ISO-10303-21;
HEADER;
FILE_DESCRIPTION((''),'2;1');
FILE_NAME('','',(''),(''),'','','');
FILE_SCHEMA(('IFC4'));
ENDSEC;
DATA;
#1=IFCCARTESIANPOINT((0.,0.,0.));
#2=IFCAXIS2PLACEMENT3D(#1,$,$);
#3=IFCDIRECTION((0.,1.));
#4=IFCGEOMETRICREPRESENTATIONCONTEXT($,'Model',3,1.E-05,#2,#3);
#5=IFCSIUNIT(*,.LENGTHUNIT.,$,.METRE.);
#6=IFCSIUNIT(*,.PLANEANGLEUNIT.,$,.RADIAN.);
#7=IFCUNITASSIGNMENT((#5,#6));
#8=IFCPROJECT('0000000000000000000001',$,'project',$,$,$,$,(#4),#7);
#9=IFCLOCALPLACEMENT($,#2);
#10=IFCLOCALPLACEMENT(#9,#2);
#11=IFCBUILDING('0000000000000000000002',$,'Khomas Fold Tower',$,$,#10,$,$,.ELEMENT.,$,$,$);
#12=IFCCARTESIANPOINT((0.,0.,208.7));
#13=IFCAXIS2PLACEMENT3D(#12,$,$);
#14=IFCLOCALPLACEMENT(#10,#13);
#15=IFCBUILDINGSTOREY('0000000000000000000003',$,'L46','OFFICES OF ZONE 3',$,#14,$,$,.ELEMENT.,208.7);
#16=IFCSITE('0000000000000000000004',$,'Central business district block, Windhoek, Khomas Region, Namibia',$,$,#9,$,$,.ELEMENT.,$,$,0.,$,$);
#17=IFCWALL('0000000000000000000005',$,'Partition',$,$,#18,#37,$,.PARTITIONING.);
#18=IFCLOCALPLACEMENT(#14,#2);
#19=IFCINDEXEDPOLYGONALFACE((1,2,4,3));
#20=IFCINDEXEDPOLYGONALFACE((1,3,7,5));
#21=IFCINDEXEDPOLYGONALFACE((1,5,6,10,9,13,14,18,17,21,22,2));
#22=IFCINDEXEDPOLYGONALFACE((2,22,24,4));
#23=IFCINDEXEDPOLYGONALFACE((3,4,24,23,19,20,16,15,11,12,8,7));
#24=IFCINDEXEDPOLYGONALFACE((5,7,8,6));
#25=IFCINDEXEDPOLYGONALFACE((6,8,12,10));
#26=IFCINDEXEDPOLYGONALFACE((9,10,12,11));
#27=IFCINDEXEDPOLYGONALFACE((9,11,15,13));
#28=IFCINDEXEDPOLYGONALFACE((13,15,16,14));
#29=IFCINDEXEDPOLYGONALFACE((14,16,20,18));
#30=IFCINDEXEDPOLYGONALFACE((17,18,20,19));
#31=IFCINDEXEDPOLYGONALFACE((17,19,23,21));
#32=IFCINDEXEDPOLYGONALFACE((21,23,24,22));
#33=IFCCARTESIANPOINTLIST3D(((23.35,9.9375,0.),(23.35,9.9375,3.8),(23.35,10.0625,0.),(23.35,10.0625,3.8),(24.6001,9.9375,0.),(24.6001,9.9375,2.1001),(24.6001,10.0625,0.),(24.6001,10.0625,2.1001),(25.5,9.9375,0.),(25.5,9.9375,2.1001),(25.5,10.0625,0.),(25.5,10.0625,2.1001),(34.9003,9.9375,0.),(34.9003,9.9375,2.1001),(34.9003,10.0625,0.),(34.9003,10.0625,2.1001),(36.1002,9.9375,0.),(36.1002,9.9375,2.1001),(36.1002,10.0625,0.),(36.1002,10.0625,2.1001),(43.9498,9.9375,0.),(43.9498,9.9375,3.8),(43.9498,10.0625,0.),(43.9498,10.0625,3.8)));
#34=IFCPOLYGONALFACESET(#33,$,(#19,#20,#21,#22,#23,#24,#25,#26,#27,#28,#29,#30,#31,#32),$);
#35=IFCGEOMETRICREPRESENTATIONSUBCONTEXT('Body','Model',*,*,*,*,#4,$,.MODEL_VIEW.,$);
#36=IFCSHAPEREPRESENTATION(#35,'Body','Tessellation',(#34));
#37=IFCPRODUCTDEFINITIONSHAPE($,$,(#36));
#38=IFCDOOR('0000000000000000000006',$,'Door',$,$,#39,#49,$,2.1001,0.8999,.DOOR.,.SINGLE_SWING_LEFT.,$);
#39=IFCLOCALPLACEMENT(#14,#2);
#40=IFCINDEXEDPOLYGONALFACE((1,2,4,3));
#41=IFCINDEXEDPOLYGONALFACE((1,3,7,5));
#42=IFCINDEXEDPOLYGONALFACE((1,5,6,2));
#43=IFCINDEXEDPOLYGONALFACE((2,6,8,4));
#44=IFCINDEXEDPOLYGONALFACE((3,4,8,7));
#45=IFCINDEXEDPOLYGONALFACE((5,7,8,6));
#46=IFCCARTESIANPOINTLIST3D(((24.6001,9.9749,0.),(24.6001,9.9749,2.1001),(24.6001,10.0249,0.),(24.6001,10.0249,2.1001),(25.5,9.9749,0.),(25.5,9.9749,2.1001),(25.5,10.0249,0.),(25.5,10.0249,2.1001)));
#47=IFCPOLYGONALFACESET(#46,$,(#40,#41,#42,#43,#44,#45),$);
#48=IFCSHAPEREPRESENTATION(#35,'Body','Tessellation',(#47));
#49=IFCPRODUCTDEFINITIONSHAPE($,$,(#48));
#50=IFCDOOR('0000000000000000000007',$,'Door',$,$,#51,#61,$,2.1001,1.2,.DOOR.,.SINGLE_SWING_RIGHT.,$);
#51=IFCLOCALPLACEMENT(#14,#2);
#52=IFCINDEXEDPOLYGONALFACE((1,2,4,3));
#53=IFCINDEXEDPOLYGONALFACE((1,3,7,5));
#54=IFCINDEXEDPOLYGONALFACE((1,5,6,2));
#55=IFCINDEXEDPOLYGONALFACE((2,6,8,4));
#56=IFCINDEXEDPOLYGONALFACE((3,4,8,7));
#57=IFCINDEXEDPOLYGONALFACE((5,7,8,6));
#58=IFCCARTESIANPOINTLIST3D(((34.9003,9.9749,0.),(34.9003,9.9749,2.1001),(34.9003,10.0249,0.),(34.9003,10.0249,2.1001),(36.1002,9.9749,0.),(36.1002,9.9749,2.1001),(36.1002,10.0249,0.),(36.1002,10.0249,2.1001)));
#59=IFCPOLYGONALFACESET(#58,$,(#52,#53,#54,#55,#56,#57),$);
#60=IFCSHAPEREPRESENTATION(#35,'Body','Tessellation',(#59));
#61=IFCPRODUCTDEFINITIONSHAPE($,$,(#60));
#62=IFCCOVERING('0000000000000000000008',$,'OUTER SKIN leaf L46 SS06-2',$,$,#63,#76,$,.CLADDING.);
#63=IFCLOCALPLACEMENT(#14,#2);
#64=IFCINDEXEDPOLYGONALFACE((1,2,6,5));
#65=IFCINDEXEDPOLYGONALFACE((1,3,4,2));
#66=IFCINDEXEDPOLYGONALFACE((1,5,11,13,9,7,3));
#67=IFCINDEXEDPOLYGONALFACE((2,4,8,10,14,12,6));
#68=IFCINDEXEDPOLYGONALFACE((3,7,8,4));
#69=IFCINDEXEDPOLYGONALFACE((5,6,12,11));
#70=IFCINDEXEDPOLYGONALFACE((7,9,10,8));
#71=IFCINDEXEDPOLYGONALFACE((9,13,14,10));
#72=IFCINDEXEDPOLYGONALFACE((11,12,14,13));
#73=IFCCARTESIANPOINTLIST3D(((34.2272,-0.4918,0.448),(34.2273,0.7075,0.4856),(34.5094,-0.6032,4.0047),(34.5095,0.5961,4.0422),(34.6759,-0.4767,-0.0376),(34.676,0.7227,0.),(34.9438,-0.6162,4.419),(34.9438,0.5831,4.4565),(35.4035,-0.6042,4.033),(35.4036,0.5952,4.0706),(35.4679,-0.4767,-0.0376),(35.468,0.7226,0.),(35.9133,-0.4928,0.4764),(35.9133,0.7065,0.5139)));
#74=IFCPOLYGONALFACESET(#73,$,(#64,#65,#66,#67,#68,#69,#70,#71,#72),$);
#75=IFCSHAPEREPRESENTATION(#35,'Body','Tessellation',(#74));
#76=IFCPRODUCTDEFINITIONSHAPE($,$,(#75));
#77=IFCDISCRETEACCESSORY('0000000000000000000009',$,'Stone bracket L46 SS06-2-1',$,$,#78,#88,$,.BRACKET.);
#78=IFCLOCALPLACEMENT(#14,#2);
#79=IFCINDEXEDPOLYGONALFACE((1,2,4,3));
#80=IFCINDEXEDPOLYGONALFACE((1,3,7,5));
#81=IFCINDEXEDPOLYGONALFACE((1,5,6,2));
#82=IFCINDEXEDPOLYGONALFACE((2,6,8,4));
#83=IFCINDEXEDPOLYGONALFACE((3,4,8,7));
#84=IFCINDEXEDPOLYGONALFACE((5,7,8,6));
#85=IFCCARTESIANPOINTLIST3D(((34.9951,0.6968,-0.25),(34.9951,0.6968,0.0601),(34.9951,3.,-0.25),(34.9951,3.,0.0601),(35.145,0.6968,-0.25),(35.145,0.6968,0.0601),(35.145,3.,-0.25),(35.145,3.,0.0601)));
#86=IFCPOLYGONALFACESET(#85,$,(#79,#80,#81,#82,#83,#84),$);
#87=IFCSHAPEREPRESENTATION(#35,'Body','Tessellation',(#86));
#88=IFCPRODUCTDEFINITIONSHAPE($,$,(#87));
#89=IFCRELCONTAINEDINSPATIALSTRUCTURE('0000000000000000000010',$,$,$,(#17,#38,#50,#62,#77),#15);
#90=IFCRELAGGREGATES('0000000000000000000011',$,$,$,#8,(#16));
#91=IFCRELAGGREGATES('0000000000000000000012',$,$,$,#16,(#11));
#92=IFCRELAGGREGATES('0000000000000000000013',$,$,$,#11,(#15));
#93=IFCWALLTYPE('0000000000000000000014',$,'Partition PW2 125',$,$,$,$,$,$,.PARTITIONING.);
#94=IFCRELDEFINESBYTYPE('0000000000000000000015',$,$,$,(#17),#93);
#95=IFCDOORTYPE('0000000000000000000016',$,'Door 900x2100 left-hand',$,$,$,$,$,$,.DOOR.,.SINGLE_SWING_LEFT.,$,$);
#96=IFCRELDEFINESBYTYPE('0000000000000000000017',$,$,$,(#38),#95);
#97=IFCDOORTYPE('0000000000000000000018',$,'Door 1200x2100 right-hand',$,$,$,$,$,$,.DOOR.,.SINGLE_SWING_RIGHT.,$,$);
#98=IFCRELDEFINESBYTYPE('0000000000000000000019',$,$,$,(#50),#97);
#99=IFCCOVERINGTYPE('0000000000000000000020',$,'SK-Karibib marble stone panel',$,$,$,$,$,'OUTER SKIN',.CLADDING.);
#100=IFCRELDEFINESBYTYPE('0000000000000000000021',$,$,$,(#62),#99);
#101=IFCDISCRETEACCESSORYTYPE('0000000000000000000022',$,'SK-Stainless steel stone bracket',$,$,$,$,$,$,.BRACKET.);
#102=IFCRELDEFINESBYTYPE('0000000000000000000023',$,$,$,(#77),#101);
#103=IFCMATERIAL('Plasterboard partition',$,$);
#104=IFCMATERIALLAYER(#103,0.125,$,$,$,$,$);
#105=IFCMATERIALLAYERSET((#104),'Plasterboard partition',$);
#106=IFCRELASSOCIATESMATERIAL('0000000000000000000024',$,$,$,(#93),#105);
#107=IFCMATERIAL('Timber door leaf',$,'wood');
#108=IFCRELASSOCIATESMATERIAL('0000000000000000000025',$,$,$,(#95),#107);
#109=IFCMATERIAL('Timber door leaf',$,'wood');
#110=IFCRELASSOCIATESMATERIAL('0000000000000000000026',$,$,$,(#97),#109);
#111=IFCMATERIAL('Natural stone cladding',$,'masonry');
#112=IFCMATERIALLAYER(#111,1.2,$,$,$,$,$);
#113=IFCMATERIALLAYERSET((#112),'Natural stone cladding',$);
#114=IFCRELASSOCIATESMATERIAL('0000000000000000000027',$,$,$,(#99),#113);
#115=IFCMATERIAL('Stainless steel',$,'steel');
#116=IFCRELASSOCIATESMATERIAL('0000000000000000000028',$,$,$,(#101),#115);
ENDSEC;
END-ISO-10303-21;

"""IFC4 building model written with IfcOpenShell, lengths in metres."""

from ifc_helpers import new_model, si_unit, direction, frame, frame_2d, origin, origin_2d, place, context, subcontext, project, spatial, polyline, rectangle, outline, extrude, source, transform, mapped, material, layer, layer_set, type_object, element, fill, save


model = new_model("IFC4")

# Units and contexts
model_context = context("Model", 3, precision=1e-05, world=origin(), true_north=direction((0.0, 1.0)))
body_context = subcontext(model_context, "Body", "Model", "MODEL_VIEW")
ifc_project = project(units=[si_unit("LENGTHUNIT", "METRE"), si_unit("PLANEANGLEUNIT", "RADIAN")], contexts=[model_context])

# Site, building, storey
site_placement = place(None, origin())
site = spatial("IfcSite", under=ifc_project, at=site_placement, Name="Central business district block, Windhoek, Khomas Region, Namibia", CompositionType="ELEMENT", RefElevation=0.0)
building_placement = place(site_placement, origin())
building = spatial("IfcBuilding", under=site, at=building_placement, Name="Khomas Fold Tower", CompositionType="ELEMENT")
storey_placement = place(building_placement, frame((0.0, 0.0, 208.7)))
storey = spatial("IfcBuildingStorey", under=building, at=storey_placement, Name="L46", Description="OFFICES OF ZONE 3", CompositionType="ELEMENT", Elevation=208.7)

# Shared definitions
ifc_material_1 = material(Name="Plasterboard partition")
ifc_layer_1 = layer(ifc_material_1, 0.125)
ifc_layer_set_1 = layer_set([ifc_layer_1], Name="Plasterboard partition")
wall_type_1 = type_object("IfcWallType", Name="Partition PW2 125", PredefinedType="PARTITIONING", material=ifc_layer_set_1)

# Wall, openings, doors
shared_shape_1 = source(origin(), body_context, "Body", "SweptSolid", [
    extrude(rectangle(XDim=20.5999, YDim=0.125, at=frame_2d((10.2998, 0.0))), origin(), (0.0, 0.0, 1.0), 3.8),
])
wall_1_placement = place(storey_placement, frame((23.3501, 10.0, 0.0), z_axis=(0.0, 0.0, 1.0), x_axis=(1.0, 0.0, 0.0)))
wall_1 = element("IfcWall", 1, at=wall_1_placement, inside=storey, type_object=wall_type_1, Name="Partition", PredefinedType="PARTITIONING", context=body_context, shape_type="MappedRepresentation", body=[
    mapped(shared_shape_1, transform((0.0, 0.0, 0.0))),
])
shared_shape_2 = source(origin(), body_context, "Body", "SweptSolid", [
    extrude(rectangle(XDim=0.8999, YDim=2.1001, at=frame_2d((0.45, 1.05))), frame((0.0, 0.0725, 0.0), z_axis=(0.0, -1.0, 0.0), x_axis=(1.0, 0.0, 0.0)), (0.0, 0.0, 1.0), 0.145),
])
opening_1_placement = place(wall_1_placement, frame((1.25, 0.0, 0.0)))
opening_1 = element("IfcOpeningElement", 2, at=opening_1_placement, cuts=wall_1, PredefinedType="OPENING", context=body_context, shape_type="MappedRepresentation", body=[
    mapped(shared_shape_2, transform((0.0, 0.0, 0.0))),
])
shared_shape_3 = source(origin(), body_context, "Body", "SweptSolid", [
    extrude(rectangle(XDim=1.2, YDim=2.1001, at=frame_2d((0.6001, 1.05))), frame((0.0, 0.0725, 0.0), z_axis=(0.0, -1.0, 0.0), x_axis=(1.0, 0.0, 0.0)), (0.0, 0.0, 1.0), 0.145),
])
opening_2_placement = place(wall_1_placement, frame((11.55, 0.0, 0.0)))
opening_2 = element("IfcOpeningElement", 3, at=opening_2_placement, cuts=wall_1, PredefinedType="OPENING", context=body_context, shape_type="MappedRepresentation", body=[
    mapped(shared_shape_3, transform((0.0, 0.0, 0.0))),
])
ifc_material_2 = material(Name="Timber door leaf", Category="wood")
door_type_1 = type_object("IfcDoorType", Name="Door 900x2100 left-hand", OperationType="SINGLE_SWING_LEFT", PredefinedType="DOOR", material=ifc_material_2)
shared_shape_4 = source(origin(), body_context, "Body", "SweptSolid", [
    extrude(rectangle(XDim=0.8999, YDim=2.1001, at=frame_2d((0.45, 1.05))), frame((0.0, 0.0249, 0.0), z_axis=(0.0, -1.0, 0.0), x_axis=(1.0, 0.0, 0.0)), (0.0, 0.0, 1.0), 0.05),
])
door_1_placement = place(opening_1_placement, origin())
door_1 = element("IfcDoor", 4, at=door_1_placement, inside=storey, type_object=door_type_1, Name="Door", OperationType="SINGLE_SWING_LEFT", OverallHeight=2.1001, OverallWidth=0.8999, PredefinedType="DOOR", context=body_context, shape_type="MappedRepresentation", body=[
    mapped(shared_shape_4, transform((0.0, 0.0, 0.0))),
])
fill(opening_1, door_1)
ifc_material_3 = material(Name="Timber door leaf", Category="wood")
door_type_2 = type_object("IfcDoorType", Name="Door 1200x2100 right-hand", OperationType="SINGLE_SWING_RIGHT", PredefinedType="DOOR", material=ifc_material_3)
shared_shape_5 = source(origin(), body_context, "Body", "SweptSolid", [
    extrude(rectangle(XDim=1.2, YDim=2.1001, at=frame_2d((0.6001, 1.05))), frame((0.0, 0.0249, 0.0), z_axis=(0.0, -1.0, 0.0), x_axis=(1.0, 0.0, 0.0)), (0.0, 0.0, 1.0), 0.05),
])
door_2_placement = place(opening_2_placement, origin())
door_2 = element("IfcDoor", 5, at=door_2_placement, inside=storey, type_object=door_type_2, Name="Door", OperationType="SINGLE_SWING_RIGHT", OverallHeight=2.1001, OverallWidth=1.2, PredefinedType="DOOR", context=body_context, shape_type="MappedRepresentation", body=[
    mapped(shared_shape_5, transform((0.0, 0.0, 0.0))),
])
fill(opening_2, door_2)

# Covering
ifc_material_4 = material(Name="Natural stone cladding", Category="masonry")
ifc_layer_2 = layer(ifc_material_4, 1.2)
ifc_layer_set_2 = layer_set([ifc_layer_2], Name="Natural stone cladding")
covering_type = type_object("IfcCoveringType", Name="SK-Karibib marble stone panel", ElementType="OUTER SKIN", PredefinedType="CLADDING", material=ifc_layer_set_2)
covering_placement = place(storey_placement, frame((34.2273, 0.7075, 0.4856), z_axis=(0.000067, 0.99951, 0.031298), x_axis=(0.079065, -0.031205, 0.996381)))
element("IfcCovering", 6, at=covering_placement, inside=storey, type_object=covering_type, Name="OUTER SKIN leaf L46 SS06-2", PredefinedType="CLADDING", context=body_context, shape_type="SweptSolid", body=[
    extrude(outline(polyline([(0.0, 0.0), (3.5696, 0.0), (4.0171, 0.4002), (3.6685, 0.889), (0.1616, 1.6785), (-0.3862, 1.2753), (-0.4488, 0.4857), (0.0, 0.0)])), origin(), (0.0, 0.0, -1.0), 1.2),
])

# Discrete accessory
ifc_material_5 = material(Name="Stainless steel", Category="steel")
discrete_accessory_type = type_object("IfcDiscreteAccessoryType", Name="SK-Stainless steel stone bracket", PredefinedType="BRACKET", material=ifc_material_5)
shared_shape_6 = source(origin(), body_context, "Body", "SweptSolid", [
    extrude(rectangle(XDim=2.3032, YDim=0.1499, at=origin_2d()), origin(), (0.0, 0.0, 1.0), 0.3101),
])
discrete_accessory_placement = place(storey_placement, frame((35.0701, 1.8484, -0.25), z_axis=(0.0, 0.0, 1.0), x_axis=(0.0, -1.0, 0.0)))
element("IfcDiscreteAccessory", 7, at=discrete_accessory_placement, inside=storey, type_object=discrete_accessory_type, Name="Stone bracket L46 SS06-2-1", PredefinedType="BRACKET", context=body_context, shape_type="MappedRepresentation", body=[
    mapped(shared_shape_6, transform((0.0, 0.0, 0.0))),
])

save(model, "model.ifc")
